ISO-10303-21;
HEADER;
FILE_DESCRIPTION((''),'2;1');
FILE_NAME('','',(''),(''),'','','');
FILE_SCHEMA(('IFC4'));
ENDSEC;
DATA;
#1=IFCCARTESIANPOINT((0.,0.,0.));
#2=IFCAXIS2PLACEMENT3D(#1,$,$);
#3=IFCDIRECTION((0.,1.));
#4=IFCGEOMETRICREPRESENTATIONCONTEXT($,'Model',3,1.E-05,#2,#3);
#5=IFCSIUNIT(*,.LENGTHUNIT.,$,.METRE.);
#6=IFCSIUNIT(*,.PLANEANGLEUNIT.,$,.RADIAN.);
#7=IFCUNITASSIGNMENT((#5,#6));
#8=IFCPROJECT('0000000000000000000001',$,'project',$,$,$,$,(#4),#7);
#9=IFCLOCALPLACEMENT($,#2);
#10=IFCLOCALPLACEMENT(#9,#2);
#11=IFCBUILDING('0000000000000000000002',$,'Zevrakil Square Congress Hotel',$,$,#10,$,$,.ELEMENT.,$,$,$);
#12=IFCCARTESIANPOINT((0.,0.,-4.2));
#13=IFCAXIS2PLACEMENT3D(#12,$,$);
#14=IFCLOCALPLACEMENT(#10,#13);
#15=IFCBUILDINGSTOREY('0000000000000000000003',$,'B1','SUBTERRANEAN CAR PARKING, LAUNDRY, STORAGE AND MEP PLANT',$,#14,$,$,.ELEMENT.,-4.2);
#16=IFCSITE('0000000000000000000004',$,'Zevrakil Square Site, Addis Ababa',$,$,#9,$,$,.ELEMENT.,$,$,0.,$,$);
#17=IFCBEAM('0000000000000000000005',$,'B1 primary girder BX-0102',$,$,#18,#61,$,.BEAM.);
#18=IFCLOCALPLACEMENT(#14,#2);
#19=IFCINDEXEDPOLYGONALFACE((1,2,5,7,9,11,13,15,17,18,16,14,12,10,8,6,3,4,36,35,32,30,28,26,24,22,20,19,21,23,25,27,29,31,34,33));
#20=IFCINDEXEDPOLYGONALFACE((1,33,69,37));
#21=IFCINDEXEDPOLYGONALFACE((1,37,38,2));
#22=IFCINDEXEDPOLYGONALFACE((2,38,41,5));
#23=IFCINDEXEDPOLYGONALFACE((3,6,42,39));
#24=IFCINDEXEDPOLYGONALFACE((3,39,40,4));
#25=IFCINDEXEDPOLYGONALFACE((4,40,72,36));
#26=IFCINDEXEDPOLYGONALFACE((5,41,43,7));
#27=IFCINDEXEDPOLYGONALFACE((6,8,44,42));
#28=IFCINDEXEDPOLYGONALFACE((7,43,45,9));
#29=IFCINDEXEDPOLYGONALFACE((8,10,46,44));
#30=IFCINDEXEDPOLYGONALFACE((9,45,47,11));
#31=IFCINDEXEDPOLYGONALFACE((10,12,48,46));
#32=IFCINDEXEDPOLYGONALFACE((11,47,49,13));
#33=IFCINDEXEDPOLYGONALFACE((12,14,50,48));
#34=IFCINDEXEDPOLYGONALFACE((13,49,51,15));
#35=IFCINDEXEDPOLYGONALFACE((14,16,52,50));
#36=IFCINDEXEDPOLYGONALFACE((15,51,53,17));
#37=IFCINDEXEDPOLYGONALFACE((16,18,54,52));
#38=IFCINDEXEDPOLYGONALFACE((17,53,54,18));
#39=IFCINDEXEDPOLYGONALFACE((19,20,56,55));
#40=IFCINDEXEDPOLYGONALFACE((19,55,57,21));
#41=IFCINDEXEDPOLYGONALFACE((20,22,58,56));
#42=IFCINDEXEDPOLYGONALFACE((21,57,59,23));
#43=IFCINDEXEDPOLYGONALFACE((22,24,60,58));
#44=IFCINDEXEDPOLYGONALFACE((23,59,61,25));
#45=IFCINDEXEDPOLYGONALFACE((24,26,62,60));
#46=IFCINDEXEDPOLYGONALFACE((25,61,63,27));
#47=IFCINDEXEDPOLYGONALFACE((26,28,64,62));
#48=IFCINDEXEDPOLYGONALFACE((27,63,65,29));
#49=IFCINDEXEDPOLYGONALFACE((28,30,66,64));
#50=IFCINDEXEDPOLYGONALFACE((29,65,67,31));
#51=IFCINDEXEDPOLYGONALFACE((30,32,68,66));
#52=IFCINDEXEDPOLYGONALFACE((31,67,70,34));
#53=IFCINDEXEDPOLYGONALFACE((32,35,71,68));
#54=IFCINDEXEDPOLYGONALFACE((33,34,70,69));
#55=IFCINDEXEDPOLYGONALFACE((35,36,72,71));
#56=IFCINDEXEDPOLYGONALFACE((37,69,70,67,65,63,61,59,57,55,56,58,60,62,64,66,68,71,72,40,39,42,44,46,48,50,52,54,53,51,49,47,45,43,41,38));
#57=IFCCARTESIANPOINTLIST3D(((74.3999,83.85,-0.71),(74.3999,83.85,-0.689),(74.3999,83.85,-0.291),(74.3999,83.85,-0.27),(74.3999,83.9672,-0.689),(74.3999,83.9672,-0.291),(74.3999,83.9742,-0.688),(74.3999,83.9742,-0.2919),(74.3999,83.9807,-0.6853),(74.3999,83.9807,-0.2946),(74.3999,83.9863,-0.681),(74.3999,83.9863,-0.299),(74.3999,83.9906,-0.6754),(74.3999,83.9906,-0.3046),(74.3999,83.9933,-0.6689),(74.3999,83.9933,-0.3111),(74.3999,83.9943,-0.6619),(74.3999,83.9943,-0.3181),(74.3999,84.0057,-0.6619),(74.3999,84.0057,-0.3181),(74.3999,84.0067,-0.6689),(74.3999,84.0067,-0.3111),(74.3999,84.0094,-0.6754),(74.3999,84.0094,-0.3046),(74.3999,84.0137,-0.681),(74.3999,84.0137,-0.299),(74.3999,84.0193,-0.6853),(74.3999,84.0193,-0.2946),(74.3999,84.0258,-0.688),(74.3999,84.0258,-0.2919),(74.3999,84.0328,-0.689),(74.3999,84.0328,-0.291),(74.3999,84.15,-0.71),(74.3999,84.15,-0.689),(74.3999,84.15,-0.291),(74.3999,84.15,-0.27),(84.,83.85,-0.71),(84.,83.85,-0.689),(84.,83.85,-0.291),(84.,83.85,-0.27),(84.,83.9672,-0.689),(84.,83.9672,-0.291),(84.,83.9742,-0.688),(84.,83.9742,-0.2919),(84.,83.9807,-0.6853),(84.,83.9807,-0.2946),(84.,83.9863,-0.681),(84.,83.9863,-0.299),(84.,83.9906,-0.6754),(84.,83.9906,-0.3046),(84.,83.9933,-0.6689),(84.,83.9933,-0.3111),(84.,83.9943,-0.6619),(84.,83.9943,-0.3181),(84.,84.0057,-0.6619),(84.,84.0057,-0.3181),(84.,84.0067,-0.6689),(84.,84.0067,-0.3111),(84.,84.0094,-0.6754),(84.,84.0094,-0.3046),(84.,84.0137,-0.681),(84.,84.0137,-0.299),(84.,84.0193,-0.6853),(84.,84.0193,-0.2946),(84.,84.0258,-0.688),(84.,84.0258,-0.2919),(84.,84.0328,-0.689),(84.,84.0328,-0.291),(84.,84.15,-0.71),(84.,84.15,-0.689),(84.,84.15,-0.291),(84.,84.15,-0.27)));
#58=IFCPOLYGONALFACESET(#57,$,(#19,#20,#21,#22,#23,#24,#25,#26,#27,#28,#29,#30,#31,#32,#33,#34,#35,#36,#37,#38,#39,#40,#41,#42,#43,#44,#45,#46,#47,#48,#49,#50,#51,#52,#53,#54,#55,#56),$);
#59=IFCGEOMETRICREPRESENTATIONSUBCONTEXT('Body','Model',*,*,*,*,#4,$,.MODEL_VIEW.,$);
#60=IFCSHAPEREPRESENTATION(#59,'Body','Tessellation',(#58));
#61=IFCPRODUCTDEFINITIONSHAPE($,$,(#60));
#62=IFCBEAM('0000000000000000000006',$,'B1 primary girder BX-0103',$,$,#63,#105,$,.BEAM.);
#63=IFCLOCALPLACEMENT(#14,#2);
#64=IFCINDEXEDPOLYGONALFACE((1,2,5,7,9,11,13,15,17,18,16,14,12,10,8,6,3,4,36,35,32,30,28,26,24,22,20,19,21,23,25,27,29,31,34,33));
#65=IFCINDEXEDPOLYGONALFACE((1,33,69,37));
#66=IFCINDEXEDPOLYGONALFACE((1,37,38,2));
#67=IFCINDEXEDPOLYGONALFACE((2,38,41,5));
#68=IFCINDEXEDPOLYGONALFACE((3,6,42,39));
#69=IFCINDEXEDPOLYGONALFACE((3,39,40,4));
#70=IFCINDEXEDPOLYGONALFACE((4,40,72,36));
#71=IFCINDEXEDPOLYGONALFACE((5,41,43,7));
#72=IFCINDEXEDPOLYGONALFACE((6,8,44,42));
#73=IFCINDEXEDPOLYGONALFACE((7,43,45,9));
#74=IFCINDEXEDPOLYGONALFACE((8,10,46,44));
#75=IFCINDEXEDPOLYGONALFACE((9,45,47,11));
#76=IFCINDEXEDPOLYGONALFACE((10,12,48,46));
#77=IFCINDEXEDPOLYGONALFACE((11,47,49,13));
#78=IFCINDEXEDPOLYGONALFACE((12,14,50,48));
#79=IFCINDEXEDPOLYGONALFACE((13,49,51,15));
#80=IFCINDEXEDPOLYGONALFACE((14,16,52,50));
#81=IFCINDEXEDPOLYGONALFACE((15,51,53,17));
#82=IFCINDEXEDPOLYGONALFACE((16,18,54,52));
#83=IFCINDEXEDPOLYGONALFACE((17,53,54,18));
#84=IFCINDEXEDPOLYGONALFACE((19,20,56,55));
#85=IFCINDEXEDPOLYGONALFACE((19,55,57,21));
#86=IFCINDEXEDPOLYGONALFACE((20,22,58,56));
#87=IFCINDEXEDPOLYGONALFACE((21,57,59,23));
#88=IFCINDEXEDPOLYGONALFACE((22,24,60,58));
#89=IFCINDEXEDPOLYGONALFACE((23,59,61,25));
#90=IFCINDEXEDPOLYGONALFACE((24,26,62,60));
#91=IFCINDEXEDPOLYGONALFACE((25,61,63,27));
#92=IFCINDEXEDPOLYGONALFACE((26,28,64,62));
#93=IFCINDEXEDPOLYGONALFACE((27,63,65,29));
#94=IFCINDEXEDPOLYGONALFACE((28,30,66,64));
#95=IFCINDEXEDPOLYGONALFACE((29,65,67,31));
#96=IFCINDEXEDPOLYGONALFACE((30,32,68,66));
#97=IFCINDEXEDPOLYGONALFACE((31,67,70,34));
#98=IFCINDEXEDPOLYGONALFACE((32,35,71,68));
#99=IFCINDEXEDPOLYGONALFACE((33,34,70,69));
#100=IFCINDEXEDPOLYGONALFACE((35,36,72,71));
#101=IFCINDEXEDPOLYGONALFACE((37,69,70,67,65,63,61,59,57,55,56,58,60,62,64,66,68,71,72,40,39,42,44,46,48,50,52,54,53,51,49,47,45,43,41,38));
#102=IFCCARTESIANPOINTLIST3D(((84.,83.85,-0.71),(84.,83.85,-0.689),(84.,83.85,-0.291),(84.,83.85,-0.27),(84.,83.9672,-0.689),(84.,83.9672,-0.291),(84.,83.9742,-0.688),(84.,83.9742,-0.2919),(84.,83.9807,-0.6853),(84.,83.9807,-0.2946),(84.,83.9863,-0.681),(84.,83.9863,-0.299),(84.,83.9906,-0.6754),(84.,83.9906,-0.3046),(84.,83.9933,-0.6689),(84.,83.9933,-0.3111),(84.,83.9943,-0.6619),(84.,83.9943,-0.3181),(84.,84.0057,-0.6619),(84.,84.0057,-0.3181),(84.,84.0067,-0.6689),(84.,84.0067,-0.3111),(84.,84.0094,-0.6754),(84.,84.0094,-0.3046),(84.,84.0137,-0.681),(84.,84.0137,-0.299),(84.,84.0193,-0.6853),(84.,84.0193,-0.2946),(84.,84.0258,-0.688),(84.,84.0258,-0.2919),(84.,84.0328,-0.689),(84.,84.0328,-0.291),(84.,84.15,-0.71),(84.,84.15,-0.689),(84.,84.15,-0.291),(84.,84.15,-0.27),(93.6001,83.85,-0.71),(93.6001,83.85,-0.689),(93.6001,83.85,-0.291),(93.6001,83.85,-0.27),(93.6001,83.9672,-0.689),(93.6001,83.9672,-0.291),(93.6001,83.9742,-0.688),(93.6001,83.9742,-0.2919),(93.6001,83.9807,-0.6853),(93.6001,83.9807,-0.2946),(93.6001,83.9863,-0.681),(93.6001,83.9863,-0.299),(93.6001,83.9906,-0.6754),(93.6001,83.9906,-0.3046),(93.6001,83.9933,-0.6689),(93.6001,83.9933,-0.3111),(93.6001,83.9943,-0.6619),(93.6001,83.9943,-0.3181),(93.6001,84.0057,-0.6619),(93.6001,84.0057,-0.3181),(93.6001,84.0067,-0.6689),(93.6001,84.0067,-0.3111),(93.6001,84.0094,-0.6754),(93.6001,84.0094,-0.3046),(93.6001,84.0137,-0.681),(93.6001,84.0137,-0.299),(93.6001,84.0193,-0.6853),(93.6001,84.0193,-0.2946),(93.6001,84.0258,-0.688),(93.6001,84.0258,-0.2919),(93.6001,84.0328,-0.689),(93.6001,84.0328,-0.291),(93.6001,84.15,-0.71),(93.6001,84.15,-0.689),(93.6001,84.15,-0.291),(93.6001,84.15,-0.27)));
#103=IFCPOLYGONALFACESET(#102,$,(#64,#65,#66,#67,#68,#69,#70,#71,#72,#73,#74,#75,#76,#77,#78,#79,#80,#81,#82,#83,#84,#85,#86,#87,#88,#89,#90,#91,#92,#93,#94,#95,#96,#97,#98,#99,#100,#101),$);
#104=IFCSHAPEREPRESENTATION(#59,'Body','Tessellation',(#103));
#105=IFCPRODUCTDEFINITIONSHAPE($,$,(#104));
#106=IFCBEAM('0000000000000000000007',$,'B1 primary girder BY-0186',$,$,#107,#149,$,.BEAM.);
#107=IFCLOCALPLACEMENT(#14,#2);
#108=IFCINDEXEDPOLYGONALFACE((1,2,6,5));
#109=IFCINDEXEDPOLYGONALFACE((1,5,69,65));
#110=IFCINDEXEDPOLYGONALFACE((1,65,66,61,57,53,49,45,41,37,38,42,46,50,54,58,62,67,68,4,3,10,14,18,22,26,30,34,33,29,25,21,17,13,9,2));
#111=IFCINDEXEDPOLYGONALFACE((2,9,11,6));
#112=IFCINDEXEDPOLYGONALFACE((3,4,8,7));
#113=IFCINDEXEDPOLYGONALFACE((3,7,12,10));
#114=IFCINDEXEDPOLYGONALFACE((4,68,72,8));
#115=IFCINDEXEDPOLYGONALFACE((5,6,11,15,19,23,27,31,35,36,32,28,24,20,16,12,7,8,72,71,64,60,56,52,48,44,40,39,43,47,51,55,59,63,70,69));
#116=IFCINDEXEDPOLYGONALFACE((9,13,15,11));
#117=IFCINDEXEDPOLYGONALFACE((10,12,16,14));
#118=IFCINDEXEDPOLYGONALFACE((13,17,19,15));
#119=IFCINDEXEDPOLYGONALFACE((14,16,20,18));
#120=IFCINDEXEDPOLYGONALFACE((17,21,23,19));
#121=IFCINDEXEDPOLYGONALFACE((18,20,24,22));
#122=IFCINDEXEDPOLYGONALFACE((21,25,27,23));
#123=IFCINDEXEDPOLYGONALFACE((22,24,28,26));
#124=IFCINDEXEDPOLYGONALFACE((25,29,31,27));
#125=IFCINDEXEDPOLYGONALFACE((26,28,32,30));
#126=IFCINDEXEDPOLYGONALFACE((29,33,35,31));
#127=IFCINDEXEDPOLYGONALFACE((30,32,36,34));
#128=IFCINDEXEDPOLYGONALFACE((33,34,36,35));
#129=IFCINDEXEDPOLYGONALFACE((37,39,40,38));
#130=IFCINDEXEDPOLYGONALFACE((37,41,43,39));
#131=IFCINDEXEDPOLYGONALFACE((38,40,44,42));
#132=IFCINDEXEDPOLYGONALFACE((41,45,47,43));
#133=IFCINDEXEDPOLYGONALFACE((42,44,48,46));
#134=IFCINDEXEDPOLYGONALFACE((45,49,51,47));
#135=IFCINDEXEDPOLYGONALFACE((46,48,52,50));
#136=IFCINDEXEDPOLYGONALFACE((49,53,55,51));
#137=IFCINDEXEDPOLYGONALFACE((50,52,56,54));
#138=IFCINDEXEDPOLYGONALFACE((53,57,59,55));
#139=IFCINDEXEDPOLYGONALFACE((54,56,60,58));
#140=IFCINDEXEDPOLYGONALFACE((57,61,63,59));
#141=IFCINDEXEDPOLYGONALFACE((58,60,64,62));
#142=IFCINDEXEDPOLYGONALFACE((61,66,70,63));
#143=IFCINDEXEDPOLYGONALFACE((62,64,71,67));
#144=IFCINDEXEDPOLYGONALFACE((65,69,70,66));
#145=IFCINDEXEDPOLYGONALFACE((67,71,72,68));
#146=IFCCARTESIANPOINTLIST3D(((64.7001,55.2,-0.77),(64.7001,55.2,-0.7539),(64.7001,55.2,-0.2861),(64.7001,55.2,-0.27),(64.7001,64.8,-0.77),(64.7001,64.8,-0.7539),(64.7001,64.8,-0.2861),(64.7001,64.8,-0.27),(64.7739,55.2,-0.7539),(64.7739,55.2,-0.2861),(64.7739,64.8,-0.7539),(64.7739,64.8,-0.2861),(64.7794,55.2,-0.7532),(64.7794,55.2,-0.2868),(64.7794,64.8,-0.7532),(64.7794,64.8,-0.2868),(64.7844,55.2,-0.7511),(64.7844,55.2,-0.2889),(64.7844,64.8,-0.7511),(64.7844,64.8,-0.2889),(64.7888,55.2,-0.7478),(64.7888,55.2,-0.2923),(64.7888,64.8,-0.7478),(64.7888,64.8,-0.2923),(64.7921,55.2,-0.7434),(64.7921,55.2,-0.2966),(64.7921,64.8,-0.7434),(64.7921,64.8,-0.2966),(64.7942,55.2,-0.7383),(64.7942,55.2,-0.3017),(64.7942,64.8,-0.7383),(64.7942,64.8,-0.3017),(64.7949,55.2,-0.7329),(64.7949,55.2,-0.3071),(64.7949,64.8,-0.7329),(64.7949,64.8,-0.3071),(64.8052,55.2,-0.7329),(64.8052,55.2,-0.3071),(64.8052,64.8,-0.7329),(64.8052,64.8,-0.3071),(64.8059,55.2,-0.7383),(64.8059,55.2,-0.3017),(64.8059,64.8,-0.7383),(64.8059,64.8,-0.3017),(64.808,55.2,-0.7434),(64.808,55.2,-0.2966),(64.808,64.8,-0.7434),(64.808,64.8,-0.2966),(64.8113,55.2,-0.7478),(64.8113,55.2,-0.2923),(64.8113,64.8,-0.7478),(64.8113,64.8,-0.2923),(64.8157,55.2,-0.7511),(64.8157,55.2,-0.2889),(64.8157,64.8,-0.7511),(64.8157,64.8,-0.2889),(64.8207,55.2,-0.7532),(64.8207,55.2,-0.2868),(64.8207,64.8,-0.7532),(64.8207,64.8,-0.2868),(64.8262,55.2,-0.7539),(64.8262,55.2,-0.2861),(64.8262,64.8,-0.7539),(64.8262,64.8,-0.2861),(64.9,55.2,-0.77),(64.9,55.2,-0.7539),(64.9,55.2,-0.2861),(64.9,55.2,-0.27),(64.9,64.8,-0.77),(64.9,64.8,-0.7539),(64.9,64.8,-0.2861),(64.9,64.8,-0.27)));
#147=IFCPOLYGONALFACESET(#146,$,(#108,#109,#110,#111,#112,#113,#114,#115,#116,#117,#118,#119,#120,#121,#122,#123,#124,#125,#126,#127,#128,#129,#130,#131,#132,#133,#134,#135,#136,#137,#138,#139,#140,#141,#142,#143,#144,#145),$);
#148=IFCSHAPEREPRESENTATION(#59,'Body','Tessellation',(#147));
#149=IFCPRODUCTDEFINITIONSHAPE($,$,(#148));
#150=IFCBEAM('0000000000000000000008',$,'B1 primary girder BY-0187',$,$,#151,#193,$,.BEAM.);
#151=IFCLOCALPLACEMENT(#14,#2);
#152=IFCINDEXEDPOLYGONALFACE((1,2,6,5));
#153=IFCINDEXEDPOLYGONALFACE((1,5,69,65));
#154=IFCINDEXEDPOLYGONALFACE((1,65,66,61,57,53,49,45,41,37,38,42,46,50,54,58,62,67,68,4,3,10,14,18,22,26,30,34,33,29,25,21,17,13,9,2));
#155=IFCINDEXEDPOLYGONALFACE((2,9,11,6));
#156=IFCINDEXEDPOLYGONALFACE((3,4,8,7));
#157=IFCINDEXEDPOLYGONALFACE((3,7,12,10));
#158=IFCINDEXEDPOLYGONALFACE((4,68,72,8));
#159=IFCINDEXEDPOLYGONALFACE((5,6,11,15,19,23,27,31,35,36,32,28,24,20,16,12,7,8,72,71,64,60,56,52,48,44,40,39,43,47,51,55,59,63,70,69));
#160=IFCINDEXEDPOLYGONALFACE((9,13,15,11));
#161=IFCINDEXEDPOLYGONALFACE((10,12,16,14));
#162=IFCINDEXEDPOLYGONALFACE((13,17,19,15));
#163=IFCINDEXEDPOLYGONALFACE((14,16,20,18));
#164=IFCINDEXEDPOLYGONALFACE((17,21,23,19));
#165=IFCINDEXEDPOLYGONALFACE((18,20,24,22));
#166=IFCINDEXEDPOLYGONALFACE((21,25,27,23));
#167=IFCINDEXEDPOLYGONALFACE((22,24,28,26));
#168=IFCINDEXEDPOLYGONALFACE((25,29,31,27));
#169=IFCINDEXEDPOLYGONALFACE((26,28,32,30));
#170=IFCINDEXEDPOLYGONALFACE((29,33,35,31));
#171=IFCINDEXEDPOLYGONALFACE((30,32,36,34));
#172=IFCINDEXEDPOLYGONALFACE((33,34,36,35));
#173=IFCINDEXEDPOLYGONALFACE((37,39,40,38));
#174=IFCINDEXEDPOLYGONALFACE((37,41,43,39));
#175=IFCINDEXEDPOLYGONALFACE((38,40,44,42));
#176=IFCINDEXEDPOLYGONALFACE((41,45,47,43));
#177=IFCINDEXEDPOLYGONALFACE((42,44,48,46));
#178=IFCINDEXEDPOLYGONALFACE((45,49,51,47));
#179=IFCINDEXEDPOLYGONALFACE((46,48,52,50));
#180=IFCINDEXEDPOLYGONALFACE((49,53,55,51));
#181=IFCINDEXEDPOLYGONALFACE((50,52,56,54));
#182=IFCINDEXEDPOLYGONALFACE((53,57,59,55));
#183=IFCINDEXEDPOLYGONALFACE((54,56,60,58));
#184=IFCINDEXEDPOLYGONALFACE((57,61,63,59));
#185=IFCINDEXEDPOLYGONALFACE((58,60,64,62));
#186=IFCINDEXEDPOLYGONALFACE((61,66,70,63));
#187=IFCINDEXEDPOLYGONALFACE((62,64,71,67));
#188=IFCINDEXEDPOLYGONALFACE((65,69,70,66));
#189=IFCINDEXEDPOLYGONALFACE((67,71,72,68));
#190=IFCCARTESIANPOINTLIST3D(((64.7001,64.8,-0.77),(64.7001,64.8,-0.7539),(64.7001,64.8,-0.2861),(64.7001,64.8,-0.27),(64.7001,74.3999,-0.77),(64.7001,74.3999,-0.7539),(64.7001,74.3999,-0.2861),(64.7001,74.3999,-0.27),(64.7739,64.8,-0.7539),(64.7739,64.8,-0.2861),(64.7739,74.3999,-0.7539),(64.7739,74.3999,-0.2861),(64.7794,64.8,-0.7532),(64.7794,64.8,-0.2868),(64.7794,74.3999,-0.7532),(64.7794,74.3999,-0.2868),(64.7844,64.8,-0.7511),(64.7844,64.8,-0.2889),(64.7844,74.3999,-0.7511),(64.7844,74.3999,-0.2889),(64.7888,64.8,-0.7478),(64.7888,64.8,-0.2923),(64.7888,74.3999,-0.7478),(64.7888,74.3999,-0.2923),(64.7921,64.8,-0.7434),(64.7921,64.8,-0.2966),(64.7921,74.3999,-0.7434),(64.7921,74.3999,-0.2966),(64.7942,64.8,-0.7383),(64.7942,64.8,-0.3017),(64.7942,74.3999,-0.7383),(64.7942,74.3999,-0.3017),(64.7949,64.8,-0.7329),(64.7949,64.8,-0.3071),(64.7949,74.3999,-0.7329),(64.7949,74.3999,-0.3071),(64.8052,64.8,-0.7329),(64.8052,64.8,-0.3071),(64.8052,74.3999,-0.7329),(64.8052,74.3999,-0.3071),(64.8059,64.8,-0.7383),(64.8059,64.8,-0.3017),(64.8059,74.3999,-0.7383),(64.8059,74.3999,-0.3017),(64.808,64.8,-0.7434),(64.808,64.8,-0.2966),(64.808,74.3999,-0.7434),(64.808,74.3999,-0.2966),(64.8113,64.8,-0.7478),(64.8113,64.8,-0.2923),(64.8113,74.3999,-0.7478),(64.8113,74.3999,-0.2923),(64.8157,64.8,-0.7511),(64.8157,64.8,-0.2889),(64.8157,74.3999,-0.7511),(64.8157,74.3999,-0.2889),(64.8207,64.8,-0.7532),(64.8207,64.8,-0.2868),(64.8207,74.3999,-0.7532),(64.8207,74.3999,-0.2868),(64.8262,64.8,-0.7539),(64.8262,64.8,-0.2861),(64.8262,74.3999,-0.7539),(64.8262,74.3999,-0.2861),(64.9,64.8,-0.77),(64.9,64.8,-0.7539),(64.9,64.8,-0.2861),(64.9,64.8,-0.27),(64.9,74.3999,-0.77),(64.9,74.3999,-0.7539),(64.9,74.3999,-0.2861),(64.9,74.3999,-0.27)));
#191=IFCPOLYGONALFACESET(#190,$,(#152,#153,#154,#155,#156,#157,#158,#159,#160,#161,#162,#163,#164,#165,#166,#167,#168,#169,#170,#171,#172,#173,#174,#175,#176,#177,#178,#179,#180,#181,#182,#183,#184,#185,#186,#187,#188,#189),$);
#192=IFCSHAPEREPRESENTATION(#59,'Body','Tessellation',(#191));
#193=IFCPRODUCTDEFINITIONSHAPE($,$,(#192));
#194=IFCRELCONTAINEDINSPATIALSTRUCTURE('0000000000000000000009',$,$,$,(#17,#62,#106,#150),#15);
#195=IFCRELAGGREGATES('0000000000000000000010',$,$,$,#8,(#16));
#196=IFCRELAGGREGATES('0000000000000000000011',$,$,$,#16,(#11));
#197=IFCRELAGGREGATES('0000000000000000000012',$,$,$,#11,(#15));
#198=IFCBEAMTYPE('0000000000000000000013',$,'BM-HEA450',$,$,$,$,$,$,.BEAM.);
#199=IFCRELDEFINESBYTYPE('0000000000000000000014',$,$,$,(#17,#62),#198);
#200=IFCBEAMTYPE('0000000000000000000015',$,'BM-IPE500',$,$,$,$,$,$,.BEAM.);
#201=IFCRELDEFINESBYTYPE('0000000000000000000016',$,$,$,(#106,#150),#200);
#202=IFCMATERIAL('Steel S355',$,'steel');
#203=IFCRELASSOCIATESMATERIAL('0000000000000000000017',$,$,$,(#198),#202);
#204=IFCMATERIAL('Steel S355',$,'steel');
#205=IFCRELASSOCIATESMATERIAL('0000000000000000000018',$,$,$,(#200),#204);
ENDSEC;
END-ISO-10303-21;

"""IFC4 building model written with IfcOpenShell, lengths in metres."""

from ifc_helpers import new_model, si_unit, direction, frame, origin, origin_2d, place, context, subcontext, project, spatial, i_section, extrude, material, material_profile, profile_set, type_object, element, save


model = new_model("IFC4")

# Units and contexts
model_context = context("Model", 3, precision=1e-05, world=origin(), true_north=direction((0.0, 1.0)))
body_context = subcontext(model_context, "Body", "Model", "MODEL_VIEW")
ifc_project = project(units=[si_unit("LENGTHUNIT", "METRE"), si_unit("PLANEANGLEUNIT", "RADIAN")], contexts=[model_context])

# Site, building, storey
site_placement = place(None, origin())
site = spatial("IfcSite", under=ifc_project, at=site_placement, Name="Zevrakil Square Site, Addis Ababa", CompositionType="ELEMENT", RefElevation=0.0)
building_placement = place(site_placement, origin())
building = spatial("IfcBuilding", under=site, at=building_placement, Name="Zevrakil Square Congress Hotel", CompositionType="ELEMENT")
storey_placement = place(building_placement, frame((0.0, 0.0, -4.2)))
storey = spatial("IfcBuildingStorey", under=building, at=storey_placement, Name="B1", Description="SUBTERRANEAN CAR PARKING, LAUNDRY, STORAGE AND MEP PLANT", CompositionType="ELEMENT", Elevation=-4.2)

# Beams
ifc_material_1 = material(Name="Steel S355", Category="steel")
ifc_material_profile_1 = material_profile(ifc_material_1, i_section(OverallWidth=0.3, OverallDepth=0.4399, WebThickness=0.0115, FlangeThickness=0.021, FilletRadius=0.0271, at=origin_2d()), Name="HEA 450")
ifc_profile_set_1 = profile_set([ifc_material_profile_1], Name="Steel S355")
beam_type_1 = type_object("IfcBeamType", Name="BM-HEA450", PredefinedType="BEAM", material=ifc_profile_set_1)
for number, where, z_axis, x_axis, name in (
    (1, (74.3999, 84.0, -0.49), (1.0, 0.0, 0.0), (0.0, 1.0, 0.0), "B1 primary girder BX-0102"),
    (2, (84.0, 84.0, -0.49), (1.0, 0.0, 0.0), (0.0, 1.0, 0.0), "B1 primary girder BX-0103"),
):
    element("IfcBeam", number, at=place(storey_placement, frame(where, z_axis=z_axis, x_axis=x_axis)), inside=storey, type_object=beam_type_1, Name=name, PredefinedType="BEAM", context=body_context, shape_type="SweptSolid", body=[
        extrude(i_section(OverallWidth=0.3, OverallDepth=0.4399, WebThickness=0.0115, FlangeThickness=0.021, FilletRadius=0.0271, at=origin_2d()), origin(), (0.0, 0.0, 1.0), 9.6001),
    ])
ifc_material_2 = material(Name="Steel S355", Category="steel")
ifc_material_profile_2 = material_profile(ifc_material_2, i_section(OverallWidth=0.2, OverallDepth=0.5, WebThickness=0.0103, FlangeThickness=0.0161, FilletRadius=0.021, at=origin_2d()), Name="IPE 500")
ifc_profile_set_2 = profile_set([ifc_material_profile_2], Name="Steel S355")
beam_type_2 = type_object("IfcBeamType", Name="BM-IPE500", PredefinedType="BEAM", material=ifc_profile_set_2)
beam_1_placement = place(storey_placement, frame((64.8, 55.2, -0.52), z_axis=(0.0, 1.0, 0.0), x_axis=(-1.0, 0.0, 0.0)))
element("IfcBeam", 3, at=beam_1_placement, inside=storey, type_object=beam_type_2, Name="B1 primary girder BY-0186", PredefinedType="BEAM", context=body_context, shape_type="SweptSolid", body=[
    extrude(i_section(OverallWidth=0.2, OverallDepth=0.5, WebThickness=0.0103, FlangeThickness=0.0161, FilletRadius=0.021, at=origin_2d()), origin(), (0.0, 0.0, 1.0), 9.6001),
])
beam_2_placement = place(storey_placement, frame((64.8, 64.8, -0.52), z_axis=(0.0, 1.0, 0.0), x_axis=(-1.0, 0.0, 0.0)))
element("IfcBeam", 4, at=beam_2_placement, inside=storey, type_object=beam_type_2, Name="B1 primary girder BY-0187", PredefinedType="BEAM", context=body_context, shape_type="SweptSolid", body=[
    extrude(i_section(OverallWidth=0.2, OverallDepth=0.5, WebThickness=0.0103, FlangeThickness=0.0161, FilletRadius=0.021, at=origin_2d()), origin(), (0.0, 0.0, 1.0), 9.5999),
])

save(model, "model.ifc")
